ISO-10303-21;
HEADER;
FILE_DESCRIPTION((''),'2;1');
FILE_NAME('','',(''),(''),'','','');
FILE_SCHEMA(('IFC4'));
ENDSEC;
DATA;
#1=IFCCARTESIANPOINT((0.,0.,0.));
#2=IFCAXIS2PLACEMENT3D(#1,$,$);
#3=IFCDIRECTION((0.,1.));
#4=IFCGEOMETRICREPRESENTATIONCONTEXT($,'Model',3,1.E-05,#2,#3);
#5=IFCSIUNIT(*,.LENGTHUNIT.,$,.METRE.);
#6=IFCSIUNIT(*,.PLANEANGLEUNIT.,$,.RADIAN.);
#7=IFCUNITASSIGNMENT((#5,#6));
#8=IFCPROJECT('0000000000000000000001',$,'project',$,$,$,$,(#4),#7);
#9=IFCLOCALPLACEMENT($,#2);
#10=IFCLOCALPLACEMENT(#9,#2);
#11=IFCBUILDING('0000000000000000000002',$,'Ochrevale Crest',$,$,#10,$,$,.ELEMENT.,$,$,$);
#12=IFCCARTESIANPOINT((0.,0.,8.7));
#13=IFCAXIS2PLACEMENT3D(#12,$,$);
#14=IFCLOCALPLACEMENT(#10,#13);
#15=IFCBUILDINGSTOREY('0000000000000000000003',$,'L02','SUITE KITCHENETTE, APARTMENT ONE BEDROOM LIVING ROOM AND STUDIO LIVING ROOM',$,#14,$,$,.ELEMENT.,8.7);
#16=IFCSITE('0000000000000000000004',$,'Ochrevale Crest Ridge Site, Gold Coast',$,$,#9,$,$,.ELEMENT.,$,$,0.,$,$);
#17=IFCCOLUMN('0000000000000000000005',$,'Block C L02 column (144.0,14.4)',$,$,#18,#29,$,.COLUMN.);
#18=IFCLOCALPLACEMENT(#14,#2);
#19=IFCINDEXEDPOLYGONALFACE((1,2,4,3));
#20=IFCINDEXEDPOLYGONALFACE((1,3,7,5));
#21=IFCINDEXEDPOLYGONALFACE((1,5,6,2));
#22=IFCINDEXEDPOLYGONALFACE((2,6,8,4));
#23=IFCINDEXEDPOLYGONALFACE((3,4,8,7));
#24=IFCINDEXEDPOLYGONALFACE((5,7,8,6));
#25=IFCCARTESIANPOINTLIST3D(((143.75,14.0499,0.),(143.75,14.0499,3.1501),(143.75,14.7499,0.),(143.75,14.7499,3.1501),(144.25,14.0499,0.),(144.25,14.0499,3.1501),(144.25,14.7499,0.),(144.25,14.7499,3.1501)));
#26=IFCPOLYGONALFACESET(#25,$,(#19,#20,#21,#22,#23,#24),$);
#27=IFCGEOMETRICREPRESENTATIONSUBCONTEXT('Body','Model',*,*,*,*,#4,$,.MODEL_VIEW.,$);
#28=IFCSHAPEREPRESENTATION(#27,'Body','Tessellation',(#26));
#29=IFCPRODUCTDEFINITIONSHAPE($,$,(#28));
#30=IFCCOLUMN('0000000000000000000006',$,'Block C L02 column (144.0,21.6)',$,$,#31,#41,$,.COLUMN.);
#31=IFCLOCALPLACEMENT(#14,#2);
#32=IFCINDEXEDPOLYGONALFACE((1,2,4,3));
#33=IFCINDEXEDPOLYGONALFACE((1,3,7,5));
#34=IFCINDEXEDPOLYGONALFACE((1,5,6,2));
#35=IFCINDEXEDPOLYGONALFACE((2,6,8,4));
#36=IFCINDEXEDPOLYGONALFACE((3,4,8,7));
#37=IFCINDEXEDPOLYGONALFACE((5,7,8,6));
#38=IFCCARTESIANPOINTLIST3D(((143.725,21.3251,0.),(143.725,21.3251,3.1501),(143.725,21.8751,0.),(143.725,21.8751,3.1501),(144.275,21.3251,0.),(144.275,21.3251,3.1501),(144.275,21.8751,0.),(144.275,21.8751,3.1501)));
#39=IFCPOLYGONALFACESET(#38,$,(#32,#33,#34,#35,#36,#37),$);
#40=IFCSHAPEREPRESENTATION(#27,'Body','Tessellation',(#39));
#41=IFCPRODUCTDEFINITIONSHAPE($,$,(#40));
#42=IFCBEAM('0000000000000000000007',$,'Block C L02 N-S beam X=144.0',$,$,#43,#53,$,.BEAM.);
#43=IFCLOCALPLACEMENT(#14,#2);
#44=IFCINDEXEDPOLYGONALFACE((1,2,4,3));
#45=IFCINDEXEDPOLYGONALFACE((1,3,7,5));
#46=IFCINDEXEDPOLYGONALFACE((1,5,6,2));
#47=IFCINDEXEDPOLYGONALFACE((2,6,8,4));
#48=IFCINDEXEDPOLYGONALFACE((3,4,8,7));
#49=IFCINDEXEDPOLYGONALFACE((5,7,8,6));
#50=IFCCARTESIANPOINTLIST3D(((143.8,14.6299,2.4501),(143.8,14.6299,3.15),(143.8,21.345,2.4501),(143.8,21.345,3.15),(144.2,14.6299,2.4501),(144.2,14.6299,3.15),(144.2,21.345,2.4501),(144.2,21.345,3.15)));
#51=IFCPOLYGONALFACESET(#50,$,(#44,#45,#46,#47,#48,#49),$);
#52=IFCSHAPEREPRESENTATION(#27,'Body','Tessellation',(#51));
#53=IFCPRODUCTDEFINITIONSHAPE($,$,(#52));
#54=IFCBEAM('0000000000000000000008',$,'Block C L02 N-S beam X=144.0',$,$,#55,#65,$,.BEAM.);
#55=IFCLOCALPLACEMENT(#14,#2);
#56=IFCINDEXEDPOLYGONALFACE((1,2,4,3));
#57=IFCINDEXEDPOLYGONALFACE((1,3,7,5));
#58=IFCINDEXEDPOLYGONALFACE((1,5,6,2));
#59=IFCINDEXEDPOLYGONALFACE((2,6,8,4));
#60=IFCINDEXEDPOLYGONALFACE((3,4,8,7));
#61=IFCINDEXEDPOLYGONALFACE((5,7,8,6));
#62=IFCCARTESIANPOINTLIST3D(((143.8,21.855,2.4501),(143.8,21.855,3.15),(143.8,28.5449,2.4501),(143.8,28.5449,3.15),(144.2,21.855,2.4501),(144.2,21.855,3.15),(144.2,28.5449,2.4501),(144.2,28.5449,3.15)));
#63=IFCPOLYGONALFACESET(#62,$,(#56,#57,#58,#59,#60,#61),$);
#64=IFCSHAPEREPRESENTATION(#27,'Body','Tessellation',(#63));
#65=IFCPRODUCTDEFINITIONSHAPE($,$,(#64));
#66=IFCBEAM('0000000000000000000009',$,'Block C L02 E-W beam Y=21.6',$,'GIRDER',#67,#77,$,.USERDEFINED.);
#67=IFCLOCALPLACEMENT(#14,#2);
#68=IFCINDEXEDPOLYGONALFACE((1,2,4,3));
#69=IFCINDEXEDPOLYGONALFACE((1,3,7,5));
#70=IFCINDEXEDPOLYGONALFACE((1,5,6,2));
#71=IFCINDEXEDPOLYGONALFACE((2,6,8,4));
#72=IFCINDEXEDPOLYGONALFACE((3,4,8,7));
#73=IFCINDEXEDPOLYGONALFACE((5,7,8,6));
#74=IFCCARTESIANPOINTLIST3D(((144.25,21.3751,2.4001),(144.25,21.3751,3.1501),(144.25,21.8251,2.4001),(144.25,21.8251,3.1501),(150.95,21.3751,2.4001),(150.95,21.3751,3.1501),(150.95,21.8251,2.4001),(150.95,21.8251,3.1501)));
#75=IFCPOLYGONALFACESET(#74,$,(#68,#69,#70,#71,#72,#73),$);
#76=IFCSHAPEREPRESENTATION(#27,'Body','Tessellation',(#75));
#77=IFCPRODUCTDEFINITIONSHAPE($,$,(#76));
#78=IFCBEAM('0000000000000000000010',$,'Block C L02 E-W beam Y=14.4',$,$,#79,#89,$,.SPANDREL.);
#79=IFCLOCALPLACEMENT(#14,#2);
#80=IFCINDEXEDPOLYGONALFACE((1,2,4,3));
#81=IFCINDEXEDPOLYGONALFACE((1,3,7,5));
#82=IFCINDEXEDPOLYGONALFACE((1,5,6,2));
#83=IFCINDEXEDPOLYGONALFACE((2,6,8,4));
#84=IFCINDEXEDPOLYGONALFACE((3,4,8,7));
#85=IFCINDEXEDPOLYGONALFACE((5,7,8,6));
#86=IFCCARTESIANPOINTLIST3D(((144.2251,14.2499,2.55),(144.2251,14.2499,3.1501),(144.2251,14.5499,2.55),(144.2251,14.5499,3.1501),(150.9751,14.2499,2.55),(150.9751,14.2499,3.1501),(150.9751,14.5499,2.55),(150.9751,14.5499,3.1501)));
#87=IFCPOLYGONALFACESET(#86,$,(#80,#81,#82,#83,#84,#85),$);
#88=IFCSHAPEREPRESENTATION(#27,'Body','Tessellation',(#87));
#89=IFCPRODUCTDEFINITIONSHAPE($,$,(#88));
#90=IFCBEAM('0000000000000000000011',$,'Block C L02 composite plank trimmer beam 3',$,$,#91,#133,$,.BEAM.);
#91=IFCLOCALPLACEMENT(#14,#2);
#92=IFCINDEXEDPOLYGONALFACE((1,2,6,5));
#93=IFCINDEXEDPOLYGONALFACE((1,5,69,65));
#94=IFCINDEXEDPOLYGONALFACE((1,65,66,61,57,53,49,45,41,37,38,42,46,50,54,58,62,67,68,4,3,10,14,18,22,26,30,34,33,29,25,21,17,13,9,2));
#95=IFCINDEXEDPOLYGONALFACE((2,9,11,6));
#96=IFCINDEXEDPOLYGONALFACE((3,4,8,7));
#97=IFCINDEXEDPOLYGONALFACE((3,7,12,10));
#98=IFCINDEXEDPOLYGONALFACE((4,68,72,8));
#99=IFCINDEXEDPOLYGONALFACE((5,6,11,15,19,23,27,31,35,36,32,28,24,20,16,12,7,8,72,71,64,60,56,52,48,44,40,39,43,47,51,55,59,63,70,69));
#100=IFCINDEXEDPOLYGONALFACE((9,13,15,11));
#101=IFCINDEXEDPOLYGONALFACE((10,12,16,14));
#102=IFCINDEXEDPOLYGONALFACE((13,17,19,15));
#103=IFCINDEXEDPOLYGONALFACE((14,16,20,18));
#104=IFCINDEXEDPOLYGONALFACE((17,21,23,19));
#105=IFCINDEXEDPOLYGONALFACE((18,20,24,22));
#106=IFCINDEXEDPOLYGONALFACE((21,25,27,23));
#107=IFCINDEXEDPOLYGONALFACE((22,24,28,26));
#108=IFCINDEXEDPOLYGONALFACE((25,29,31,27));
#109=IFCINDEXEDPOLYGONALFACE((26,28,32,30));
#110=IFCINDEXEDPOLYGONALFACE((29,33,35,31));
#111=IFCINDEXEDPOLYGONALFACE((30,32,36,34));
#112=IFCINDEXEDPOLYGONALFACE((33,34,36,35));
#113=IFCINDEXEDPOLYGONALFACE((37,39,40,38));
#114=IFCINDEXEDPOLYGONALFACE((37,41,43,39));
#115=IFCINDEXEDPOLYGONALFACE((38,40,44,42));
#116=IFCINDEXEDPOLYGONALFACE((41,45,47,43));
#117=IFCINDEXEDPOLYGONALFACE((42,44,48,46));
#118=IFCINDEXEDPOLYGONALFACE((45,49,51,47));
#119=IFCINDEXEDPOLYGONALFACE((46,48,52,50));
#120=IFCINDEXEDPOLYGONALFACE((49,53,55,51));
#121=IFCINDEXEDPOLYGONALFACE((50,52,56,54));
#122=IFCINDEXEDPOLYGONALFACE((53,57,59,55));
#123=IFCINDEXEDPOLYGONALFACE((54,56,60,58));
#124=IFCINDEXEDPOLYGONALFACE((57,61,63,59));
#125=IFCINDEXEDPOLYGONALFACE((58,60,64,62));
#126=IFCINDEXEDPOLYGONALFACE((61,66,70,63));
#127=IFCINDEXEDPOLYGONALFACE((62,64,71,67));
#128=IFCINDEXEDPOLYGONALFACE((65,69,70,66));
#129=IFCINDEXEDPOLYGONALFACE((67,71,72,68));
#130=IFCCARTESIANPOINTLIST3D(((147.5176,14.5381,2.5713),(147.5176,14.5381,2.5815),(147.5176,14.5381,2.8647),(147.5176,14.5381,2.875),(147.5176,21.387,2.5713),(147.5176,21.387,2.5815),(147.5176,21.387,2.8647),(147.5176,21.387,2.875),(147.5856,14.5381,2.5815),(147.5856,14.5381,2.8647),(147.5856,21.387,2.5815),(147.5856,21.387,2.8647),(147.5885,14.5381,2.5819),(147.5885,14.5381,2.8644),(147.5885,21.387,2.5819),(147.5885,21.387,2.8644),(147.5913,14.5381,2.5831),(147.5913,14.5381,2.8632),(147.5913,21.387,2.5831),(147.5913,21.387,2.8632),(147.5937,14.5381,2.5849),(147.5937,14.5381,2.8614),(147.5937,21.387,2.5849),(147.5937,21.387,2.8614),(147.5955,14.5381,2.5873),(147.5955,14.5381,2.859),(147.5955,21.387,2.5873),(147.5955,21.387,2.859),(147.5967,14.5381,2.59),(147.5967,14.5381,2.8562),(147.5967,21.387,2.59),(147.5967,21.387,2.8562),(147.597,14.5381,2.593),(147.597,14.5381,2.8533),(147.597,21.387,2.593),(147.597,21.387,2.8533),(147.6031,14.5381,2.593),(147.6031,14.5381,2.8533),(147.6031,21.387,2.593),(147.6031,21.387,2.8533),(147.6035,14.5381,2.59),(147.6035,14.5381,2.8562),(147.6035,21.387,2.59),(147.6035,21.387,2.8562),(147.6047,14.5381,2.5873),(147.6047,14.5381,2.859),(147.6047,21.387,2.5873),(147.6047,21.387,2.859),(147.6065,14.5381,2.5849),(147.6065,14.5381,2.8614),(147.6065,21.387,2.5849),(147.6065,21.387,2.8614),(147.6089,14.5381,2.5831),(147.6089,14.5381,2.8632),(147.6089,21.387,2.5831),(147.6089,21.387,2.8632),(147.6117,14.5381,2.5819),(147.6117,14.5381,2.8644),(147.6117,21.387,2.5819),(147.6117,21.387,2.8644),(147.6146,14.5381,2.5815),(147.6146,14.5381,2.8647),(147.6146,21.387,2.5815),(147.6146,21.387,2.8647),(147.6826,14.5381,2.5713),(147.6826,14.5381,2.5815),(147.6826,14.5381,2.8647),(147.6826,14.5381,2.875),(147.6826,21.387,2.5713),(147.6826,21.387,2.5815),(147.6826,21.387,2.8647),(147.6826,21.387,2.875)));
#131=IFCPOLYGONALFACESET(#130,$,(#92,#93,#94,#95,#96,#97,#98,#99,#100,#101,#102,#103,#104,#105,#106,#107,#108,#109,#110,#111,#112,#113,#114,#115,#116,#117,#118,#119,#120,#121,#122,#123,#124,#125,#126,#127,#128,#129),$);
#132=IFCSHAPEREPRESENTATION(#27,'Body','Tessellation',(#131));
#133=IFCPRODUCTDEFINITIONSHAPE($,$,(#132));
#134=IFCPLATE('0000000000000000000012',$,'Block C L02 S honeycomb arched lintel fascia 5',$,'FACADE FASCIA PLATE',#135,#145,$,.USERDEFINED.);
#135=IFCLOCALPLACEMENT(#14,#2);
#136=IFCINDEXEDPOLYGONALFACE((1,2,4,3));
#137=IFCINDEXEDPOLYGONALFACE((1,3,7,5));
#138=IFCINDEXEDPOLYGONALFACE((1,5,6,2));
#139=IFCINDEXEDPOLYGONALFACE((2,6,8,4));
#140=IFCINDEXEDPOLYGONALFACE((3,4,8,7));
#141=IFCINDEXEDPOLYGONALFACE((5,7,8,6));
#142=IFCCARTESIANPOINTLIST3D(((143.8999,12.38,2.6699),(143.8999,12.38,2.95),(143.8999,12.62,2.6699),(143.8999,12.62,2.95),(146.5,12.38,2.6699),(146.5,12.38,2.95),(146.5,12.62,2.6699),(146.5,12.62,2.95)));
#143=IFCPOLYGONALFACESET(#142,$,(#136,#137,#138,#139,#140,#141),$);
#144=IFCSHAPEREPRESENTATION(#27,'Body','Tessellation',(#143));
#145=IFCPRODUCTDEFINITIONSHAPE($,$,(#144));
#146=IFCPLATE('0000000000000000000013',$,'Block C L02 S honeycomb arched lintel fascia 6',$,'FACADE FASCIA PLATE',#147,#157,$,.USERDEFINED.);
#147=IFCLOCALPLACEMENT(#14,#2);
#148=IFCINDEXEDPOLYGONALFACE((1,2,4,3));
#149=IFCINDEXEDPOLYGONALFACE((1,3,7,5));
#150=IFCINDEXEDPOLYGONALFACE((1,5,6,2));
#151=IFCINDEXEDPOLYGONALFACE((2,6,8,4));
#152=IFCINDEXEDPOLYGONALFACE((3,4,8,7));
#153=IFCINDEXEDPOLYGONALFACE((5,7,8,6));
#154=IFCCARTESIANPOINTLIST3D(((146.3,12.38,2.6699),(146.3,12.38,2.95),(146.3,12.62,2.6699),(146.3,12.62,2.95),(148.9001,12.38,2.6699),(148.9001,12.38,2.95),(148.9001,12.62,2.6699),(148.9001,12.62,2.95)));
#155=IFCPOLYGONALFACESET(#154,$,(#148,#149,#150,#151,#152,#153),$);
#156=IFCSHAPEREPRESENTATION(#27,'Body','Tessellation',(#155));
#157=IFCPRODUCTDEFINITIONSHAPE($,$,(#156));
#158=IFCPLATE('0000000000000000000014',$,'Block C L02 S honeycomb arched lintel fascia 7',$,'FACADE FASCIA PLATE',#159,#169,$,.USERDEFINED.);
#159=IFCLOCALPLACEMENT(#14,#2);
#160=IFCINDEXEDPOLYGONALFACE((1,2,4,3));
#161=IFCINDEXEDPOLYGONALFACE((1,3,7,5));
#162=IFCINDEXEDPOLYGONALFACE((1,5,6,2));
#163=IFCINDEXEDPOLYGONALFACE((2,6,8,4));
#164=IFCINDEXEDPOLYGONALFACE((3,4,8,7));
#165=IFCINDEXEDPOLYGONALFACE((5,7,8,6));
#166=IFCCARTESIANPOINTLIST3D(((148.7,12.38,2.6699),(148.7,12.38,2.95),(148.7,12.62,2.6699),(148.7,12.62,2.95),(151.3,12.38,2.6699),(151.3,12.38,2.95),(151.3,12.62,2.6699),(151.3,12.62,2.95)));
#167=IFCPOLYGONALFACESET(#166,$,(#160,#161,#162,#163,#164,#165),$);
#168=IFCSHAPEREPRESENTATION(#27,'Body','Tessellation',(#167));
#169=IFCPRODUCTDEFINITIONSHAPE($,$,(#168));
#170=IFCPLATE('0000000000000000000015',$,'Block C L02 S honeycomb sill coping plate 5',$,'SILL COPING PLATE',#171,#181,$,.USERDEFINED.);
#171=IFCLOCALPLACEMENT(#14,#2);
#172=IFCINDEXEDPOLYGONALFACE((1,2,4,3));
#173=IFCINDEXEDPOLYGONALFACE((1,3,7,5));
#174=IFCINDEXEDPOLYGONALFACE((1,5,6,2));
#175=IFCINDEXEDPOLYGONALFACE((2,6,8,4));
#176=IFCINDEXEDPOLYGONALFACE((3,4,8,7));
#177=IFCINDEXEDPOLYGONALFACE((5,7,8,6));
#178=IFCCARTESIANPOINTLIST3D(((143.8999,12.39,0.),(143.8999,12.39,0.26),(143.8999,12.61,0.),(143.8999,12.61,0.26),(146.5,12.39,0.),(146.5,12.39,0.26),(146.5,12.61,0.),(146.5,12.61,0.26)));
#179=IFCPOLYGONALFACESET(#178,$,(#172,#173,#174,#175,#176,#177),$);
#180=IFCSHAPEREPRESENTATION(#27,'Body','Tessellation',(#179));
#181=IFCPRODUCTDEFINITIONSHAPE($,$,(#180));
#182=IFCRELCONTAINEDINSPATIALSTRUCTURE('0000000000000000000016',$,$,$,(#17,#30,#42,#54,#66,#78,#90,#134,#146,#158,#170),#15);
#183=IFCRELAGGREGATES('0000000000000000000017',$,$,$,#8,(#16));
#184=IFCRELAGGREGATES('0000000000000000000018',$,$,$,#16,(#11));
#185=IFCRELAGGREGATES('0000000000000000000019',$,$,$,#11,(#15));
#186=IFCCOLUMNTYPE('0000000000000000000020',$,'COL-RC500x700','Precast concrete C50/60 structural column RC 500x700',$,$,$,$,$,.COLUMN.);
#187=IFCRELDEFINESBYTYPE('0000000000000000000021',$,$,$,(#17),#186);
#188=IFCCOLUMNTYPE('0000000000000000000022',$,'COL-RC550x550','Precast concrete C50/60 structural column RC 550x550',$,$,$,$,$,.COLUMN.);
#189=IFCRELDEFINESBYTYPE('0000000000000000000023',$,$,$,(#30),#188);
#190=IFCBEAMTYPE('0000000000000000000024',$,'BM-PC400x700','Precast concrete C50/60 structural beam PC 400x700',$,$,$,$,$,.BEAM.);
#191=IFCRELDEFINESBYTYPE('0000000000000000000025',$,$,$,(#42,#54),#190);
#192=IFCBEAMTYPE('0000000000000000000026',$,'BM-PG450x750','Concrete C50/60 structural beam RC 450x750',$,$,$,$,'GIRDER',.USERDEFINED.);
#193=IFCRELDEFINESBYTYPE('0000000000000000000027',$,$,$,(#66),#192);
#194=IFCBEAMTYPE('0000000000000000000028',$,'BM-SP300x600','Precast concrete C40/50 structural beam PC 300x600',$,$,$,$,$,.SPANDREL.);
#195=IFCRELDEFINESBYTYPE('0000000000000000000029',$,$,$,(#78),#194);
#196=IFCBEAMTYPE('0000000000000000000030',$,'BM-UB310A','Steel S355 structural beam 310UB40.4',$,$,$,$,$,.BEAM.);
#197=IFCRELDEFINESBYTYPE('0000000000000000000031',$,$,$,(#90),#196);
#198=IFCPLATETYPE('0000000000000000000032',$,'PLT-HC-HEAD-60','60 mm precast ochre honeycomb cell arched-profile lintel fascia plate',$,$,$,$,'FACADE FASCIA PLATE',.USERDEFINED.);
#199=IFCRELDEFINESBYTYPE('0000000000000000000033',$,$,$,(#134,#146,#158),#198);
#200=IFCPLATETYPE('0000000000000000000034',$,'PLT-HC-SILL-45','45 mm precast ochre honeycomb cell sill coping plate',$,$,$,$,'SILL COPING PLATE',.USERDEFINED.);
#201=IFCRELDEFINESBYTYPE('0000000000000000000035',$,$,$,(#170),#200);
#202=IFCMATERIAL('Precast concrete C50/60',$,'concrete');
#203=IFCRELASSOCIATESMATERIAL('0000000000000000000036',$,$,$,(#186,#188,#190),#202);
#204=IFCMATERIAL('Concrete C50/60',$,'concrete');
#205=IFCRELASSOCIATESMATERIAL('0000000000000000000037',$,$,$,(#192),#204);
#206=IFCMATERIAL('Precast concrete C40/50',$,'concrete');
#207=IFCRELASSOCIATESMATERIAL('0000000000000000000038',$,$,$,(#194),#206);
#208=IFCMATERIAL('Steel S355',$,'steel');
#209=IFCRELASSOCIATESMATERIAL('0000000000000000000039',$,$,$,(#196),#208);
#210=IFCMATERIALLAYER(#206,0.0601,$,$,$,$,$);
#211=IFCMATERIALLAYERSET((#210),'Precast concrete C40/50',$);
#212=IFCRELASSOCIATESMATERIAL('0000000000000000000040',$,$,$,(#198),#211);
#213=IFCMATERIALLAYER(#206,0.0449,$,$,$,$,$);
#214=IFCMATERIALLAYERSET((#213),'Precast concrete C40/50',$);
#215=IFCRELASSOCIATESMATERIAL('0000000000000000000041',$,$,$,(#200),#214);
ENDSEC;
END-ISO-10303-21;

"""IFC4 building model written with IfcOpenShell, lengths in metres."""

from ifc_helpers import new_model, si_unit, direction, frame, origin, origin_2d, place, context, subcontext, project, spatial, rectangle, i_section, extrude, material, layer, layer_set, material_profile, profile_set, type_object, element, save


model = new_model("IFC4")

# Units and contexts
model_context = context("Model", 3, precision=1e-05, world=origin(), true_north=direction((0.0, 1.0)))
body_context = subcontext(model_context, "Body", "Model", "MODEL_VIEW")
ifc_project = project(units=[si_unit("LENGTHUNIT", "METRE"), si_unit("PLANEANGLEUNIT", "RADIAN")], contexts=[model_context])

# Site, building, storey
site_placement = place(None, origin())
site = spatial("IfcSite", under=ifc_project, at=site_placement, Name="Ochrevale Crest Ridge Site, Gold Coast", CompositionType="ELEMENT", RefElevation=0.0)
building_placement = place(site_placement, origin())
building = spatial("IfcBuilding", under=site, at=building_placement, Name="Ochrevale Crest", CompositionType="ELEMENT")
storey_placement = place(building_placement, frame((0.0, 0.0, 8.7)))
storey = spatial("IfcBuildingStorey", under=building, at=storey_placement, Name="L02", Description="SUITE KITCHENETTE, APARTMENT ONE BEDROOM LIVING ROOM AND STUDIO LIVING ROOM", CompositionType="ELEMENT", Elevation=8.7)

# Columns
ifc_material_1 = material(Name="Precast concrete C50/60", Category="concrete")
ifc_material_profile_1 = material_profile(ifc_material_1, rectangle(XDim=0.5, YDim=0.7, at=origin_2d()), Name="RC 500x700")
ifc_profile_set_1 = profile_set([ifc_material_profile_1], Name="Precast concrete C50/60")
column_type_1 = type_object("IfcColumnType", Name="COL-RC500x700", Description="Precast concrete C50/60 structural column RC 500x700", PredefinedType="COLUMN", material=ifc_profile_set_1)
column_1_placement = place(storey_placement, frame((144.0, 14.3999, 0.0), z_axis=(0.0, 0.0, 1.0), x_axis=(1.0, 0.0, 0.0)))
element("IfcColumn", 1, at=column_1_placement, inside=storey, type_object=column_type_1, Name="Block C L02 column (144.0,14.4)", PredefinedType="COLUMN", context=body_context, shape_type="SweptSolid", body=[
    extrude(rectangle(XDim=0.5, YDim=0.7, at=origin_2d()), origin(), (0.0, 0.0, 1.0), 3.1501),
])
ifc_material_profile_2 = material_profile(ifc_material_1, rectangle(XDim=0.55, YDim=0.55, at=origin_2d()), Name="RC 550x550")
ifc_profile_set_2 = profile_set([ifc_material_profile_2], Name="Precast concrete C50/60")
column_type_2 = type_object("IfcColumnType", Name="COL-RC550x550", Description="Precast concrete C50/60 structural column RC 550x550", PredefinedType="COLUMN", material=ifc_profile_set_2)
column_2_placement = place(storey_placement, frame((144.0, 21.6001, 0.0), z_axis=(0.0, 0.0, 1.0), x_axis=(1.0, 0.0, 0.0)))
element("IfcColumn", 2, at=column_2_placement, inside=storey, type_object=column_type_2, Name="Block C L02 column (144.0,21.6)", PredefinedType="COLUMN", context=body_context, shape_type="SweptSolid", body=[
    extrude(rectangle(XDim=0.55, YDim=0.55, at=origin_2d()), origin(), (0.0, 0.0, 1.0), 3.1501),
])

# Beams
ifc_material_profile_3 = material_profile(ifc_material_1, rectangle(XDim=0.3999, YDim=0.7, at=origin_2d()), Name="PC 400x700")
ifc_profile_set_3 = profile_set([ifc_material_profile_3], Name="Precast concrete C50/60")
beam_type_1 = type_object("IfcBeamType", Name="BM-PC400x700", Description="Precast concrete C50/60 structural beam PC 400x700", PredefinedType="BEAM", material=ifc_profile_set_3)
beam_1_placement = place(storey_placement, frame((144.0, 14.6299, 2.8), z_axis=(0.0, 1.0, 0.0), x_axis=(-1.0, 0.0, 0.0)))
element("IfcBeam", 3, at=beam_1_placement, inside=storey, type_object=beam_type_1, Name="Block C L02 N-S beam X=144.0", PredefinedType="BEAM", context=body_context, shape_type="SweptSolid", body=[
    extrude(rectangle(XDim=0.3999, YDim=0.7, at=origin_2d()), origin(), (0.0, 0.0, 1.0), 6.7151),
])
beam_2_placement = place(storey_placement, frame((144.0, 21.855, 2.8), z_axis=(0.0, 1.0, 0.0), x_axis=(-1.0, 0.0, 0.0)))
element("IfcBeam", 4, at=beam_2_placement, inside=storey, type_object=beam_type_1, Name="Block C L02 N-S beam X=144.0", PredefinedType="BEAM", context=body_context, shape_type="SweptSolid", body=[
    extrude(rectangle(XDim=0.3999, YDim=0.7, at=origin_2d()), origin(), (0.0, 0.0, 1.0), 6.6899),
])
ifc_material_2 = material(Name="Concrete C50/60", Category="concrete")
ifc_material_profile_4 = material_profile(ifc_material_2, rectangle(XDim=0.45, YDim=0.75, at=origin_2d()), Name="RC 450x750")
ifc_profile_set_4 = profile_set([ifc_material_profile_4], Name="Concrete C50/60")
beam_type_2 = type_object("IfcBeamType", Name="BM-PG450x750", Description="Concrete C50/60 structural beam RC 450x750", ElementType="GIRDER", PredefinedType="USERDEFINED", material=ifc_profile_set_4)
beam_3_placement = place(storey_placement, frame((144.25, 21.6001, 2.7751), z_axis=(1.0, 0.0, 0.0), x_axis=(0.0, 1.0, 0.0)))
element("IfcBeam", 5, at=beam_3_placement, inside=storey, type_object=beam_type_2, Name="Block C L02 E-W beam Y=21.6", ObjectType="GIRDER", PredefinedType="USERDEFINED", context=body_context, shape_type="SweptSolid", body=[
    extrude(rectangle(XDim=0.45, YDim=0.75, at=origin_2d()), origin(), (0.0, 0.0, 1.0), 6.7),
])
ifc_material_3 = material(Name="Precast concrete C40/50", Category="concrete")
ifc_material_profile_5 = material_profile(ifc_material_3, rectangle(XDim=0.3, YDim=0.6001, at=origin_2d()), Name="PC 300x600")
ifc_profile_set_5 = profile_set([ifc_material_profile_5], Name="Precast concrete C40/50")
beam_type_3 = type_object("IfcBeamType", Name="BM-SP300x600", Description="Precast concrete C40/50 structural beam PC 300x600", PredefinedType="SPANDREL", material=ifc_profile_set_5)
beam_4_placement = place(storey_placement, frame((144.2251, 14.3999, 2.8501), z_axis=(1.0, 0.0, 0.0), x_axis=(0.0, 1.0, 0.0)))
element("IfcBeam", 6, at=beam_4_placement, inside=storey, type_object=beam_type_3, Name="Block C L02 E-W beam Y=14.4", PredefinedType="SPANDREL", context=body_context, shape_type="SweptSolid", body=[
    extrude(rectangle(XDim=0.3, YDim=0.6001, at=origin_2d()), origin(), (0.0, 0.0, 1.0), 6.75),
])
ifc_material_4 = material(Name="Steel S355", Category="steel")
ifc_material_profile_6 = material_profile(ifc_material_4, i_section(OverallWidth=0.165, OverallDepth=0.3037, WebThickness=0.0061, FlangeThickness=0.0103, FilletRadius=0.0115, at=origin_2d()), Name="310UB40.4")
ifc_profile_set_6 = profile_set([ifc_material_profile_6], Name="Steel S355")
beam_type_4 = type_object("IfcBeamType", Name="BM-UB310A", Description="Steel S355 structural beam 310UB40.4", PredefinedType="BEAM", material=ifc_profile_set_6)
beam_5_placement = place(storey_placement, frame((147.6001, 14.5381, 2.7231), z_axis=(0.0, 1.0, 0.0), x_axis=(-1.0, 0.0, 0.0)))
element("IfcBeam", 7, at=beam_5_placement, inside=storey, type_object=beam_type_4, Name="Block C L02 composite plank trimmer beam 3", PredefinedType="BEAM", context=body_context, shape_type="SweptSolid", body=[
    extrude(i_section(OverallWidth=0.165, OverallDepth=0.3037, WebThickness=0.0061, FlangeThickness=0.0103, FilletRadius=0.0115, at=origin_2d()), origin(), (0.0, 0.0, 1.0), 6.8489),
])

# Plates
ifc_layer_1 = layer(ifc_material_3, 0.0601)
ifc_layer_set_1 = layer_set([ifc_layer_1], Name="Precast concrete C40/50")
plate_type_1 = type_object("IfcPlateType", Name="PLT-HC-HEAD-60", Description="60 mm precast ochre honeycomb cell arched-profile lintel fascia plate", ElementType="FACADE FASCIA PLATE", PredefinedType="USERDEFINED", material=ifc_layer_set_1)
for number, where, z_axis, x_axis, name in (
    (8, (145.2, 12.5, 2.6699), (0.0, 0.0, 1.0), (1.0, 0.0, 0.0), "Block C L02 S honeycomb arched lintel fascia 5"),
    (9, (147.6001, 12.5, 2.6699), (0.0, 0.0, 1.0), (1.0, 0.0, 0.0), "Block C L02 S honeycomb arched lintel fascia 6"),
    (10, (150.0, 12.5, 2.6699), (0.0, 0.0, 1.0), (1.0, 0.0, 0.0), "Block C L02 S honeycomb arched lintel fascia 7"),
):
    element("IfcPlate", number, at=place(storey_placement, frame(where, z_axis=z_axis, x_axis=x_axis)), inside=storey, type_object=plate_type_1, Name=name, ObjectType="FACADE FASCIA PLATE", PredefinedType="USERDEFINED", context=body_context, shape_type="SweptSolid", body=[
        extrude(rectangle(XDim=2.6001, YDim=0.24, at=origin_2d()), origin(), (0.0, 0.0, 1.0), 0.28),
    ])
ifc_layer_2 = layer(ifc_material_3, 0.0449)
ifc_layer_set_2 = layer_set([ifc_layer_2], Name="Precast concrete C40/50")
plate_type_2 = type_object("IfcPlateType", Name="PLT-HC-SILL-45", Description="45 mm precast ochre honeycomb cell sill coping plate", ElementType="SILL COPING PLATE", PredefinedType="USERDEFINED", material=ifc_layer_set_2)
for number, where, z_axis, x_axis, name in (
    (11, (145.2, 12.5, 0.0), (0.0, 0.0, 1.0), (1.0, 0.0, 0.0), "Block C L02 S honeycomb sill coping plate 5"),
):
    element("IfcPlate", number, at=place(storey_placement, frame(where, z_axis=z_axis, x_axis=x_axis)), inside=storey, type_object=plate_type_2, Name=name, ObjectType="SILL COPING PLATE", PredefinedType="USERDEFINED", context=body_context, shape_type="SweptSolid", body=[
        extrude(rectangle(XDim=2.6001, YDim=0.22, at=origin_2d()), origin(), (0.0, 0.0, 1.0), 0.26),
    ])

save(model, "model.ifc")
